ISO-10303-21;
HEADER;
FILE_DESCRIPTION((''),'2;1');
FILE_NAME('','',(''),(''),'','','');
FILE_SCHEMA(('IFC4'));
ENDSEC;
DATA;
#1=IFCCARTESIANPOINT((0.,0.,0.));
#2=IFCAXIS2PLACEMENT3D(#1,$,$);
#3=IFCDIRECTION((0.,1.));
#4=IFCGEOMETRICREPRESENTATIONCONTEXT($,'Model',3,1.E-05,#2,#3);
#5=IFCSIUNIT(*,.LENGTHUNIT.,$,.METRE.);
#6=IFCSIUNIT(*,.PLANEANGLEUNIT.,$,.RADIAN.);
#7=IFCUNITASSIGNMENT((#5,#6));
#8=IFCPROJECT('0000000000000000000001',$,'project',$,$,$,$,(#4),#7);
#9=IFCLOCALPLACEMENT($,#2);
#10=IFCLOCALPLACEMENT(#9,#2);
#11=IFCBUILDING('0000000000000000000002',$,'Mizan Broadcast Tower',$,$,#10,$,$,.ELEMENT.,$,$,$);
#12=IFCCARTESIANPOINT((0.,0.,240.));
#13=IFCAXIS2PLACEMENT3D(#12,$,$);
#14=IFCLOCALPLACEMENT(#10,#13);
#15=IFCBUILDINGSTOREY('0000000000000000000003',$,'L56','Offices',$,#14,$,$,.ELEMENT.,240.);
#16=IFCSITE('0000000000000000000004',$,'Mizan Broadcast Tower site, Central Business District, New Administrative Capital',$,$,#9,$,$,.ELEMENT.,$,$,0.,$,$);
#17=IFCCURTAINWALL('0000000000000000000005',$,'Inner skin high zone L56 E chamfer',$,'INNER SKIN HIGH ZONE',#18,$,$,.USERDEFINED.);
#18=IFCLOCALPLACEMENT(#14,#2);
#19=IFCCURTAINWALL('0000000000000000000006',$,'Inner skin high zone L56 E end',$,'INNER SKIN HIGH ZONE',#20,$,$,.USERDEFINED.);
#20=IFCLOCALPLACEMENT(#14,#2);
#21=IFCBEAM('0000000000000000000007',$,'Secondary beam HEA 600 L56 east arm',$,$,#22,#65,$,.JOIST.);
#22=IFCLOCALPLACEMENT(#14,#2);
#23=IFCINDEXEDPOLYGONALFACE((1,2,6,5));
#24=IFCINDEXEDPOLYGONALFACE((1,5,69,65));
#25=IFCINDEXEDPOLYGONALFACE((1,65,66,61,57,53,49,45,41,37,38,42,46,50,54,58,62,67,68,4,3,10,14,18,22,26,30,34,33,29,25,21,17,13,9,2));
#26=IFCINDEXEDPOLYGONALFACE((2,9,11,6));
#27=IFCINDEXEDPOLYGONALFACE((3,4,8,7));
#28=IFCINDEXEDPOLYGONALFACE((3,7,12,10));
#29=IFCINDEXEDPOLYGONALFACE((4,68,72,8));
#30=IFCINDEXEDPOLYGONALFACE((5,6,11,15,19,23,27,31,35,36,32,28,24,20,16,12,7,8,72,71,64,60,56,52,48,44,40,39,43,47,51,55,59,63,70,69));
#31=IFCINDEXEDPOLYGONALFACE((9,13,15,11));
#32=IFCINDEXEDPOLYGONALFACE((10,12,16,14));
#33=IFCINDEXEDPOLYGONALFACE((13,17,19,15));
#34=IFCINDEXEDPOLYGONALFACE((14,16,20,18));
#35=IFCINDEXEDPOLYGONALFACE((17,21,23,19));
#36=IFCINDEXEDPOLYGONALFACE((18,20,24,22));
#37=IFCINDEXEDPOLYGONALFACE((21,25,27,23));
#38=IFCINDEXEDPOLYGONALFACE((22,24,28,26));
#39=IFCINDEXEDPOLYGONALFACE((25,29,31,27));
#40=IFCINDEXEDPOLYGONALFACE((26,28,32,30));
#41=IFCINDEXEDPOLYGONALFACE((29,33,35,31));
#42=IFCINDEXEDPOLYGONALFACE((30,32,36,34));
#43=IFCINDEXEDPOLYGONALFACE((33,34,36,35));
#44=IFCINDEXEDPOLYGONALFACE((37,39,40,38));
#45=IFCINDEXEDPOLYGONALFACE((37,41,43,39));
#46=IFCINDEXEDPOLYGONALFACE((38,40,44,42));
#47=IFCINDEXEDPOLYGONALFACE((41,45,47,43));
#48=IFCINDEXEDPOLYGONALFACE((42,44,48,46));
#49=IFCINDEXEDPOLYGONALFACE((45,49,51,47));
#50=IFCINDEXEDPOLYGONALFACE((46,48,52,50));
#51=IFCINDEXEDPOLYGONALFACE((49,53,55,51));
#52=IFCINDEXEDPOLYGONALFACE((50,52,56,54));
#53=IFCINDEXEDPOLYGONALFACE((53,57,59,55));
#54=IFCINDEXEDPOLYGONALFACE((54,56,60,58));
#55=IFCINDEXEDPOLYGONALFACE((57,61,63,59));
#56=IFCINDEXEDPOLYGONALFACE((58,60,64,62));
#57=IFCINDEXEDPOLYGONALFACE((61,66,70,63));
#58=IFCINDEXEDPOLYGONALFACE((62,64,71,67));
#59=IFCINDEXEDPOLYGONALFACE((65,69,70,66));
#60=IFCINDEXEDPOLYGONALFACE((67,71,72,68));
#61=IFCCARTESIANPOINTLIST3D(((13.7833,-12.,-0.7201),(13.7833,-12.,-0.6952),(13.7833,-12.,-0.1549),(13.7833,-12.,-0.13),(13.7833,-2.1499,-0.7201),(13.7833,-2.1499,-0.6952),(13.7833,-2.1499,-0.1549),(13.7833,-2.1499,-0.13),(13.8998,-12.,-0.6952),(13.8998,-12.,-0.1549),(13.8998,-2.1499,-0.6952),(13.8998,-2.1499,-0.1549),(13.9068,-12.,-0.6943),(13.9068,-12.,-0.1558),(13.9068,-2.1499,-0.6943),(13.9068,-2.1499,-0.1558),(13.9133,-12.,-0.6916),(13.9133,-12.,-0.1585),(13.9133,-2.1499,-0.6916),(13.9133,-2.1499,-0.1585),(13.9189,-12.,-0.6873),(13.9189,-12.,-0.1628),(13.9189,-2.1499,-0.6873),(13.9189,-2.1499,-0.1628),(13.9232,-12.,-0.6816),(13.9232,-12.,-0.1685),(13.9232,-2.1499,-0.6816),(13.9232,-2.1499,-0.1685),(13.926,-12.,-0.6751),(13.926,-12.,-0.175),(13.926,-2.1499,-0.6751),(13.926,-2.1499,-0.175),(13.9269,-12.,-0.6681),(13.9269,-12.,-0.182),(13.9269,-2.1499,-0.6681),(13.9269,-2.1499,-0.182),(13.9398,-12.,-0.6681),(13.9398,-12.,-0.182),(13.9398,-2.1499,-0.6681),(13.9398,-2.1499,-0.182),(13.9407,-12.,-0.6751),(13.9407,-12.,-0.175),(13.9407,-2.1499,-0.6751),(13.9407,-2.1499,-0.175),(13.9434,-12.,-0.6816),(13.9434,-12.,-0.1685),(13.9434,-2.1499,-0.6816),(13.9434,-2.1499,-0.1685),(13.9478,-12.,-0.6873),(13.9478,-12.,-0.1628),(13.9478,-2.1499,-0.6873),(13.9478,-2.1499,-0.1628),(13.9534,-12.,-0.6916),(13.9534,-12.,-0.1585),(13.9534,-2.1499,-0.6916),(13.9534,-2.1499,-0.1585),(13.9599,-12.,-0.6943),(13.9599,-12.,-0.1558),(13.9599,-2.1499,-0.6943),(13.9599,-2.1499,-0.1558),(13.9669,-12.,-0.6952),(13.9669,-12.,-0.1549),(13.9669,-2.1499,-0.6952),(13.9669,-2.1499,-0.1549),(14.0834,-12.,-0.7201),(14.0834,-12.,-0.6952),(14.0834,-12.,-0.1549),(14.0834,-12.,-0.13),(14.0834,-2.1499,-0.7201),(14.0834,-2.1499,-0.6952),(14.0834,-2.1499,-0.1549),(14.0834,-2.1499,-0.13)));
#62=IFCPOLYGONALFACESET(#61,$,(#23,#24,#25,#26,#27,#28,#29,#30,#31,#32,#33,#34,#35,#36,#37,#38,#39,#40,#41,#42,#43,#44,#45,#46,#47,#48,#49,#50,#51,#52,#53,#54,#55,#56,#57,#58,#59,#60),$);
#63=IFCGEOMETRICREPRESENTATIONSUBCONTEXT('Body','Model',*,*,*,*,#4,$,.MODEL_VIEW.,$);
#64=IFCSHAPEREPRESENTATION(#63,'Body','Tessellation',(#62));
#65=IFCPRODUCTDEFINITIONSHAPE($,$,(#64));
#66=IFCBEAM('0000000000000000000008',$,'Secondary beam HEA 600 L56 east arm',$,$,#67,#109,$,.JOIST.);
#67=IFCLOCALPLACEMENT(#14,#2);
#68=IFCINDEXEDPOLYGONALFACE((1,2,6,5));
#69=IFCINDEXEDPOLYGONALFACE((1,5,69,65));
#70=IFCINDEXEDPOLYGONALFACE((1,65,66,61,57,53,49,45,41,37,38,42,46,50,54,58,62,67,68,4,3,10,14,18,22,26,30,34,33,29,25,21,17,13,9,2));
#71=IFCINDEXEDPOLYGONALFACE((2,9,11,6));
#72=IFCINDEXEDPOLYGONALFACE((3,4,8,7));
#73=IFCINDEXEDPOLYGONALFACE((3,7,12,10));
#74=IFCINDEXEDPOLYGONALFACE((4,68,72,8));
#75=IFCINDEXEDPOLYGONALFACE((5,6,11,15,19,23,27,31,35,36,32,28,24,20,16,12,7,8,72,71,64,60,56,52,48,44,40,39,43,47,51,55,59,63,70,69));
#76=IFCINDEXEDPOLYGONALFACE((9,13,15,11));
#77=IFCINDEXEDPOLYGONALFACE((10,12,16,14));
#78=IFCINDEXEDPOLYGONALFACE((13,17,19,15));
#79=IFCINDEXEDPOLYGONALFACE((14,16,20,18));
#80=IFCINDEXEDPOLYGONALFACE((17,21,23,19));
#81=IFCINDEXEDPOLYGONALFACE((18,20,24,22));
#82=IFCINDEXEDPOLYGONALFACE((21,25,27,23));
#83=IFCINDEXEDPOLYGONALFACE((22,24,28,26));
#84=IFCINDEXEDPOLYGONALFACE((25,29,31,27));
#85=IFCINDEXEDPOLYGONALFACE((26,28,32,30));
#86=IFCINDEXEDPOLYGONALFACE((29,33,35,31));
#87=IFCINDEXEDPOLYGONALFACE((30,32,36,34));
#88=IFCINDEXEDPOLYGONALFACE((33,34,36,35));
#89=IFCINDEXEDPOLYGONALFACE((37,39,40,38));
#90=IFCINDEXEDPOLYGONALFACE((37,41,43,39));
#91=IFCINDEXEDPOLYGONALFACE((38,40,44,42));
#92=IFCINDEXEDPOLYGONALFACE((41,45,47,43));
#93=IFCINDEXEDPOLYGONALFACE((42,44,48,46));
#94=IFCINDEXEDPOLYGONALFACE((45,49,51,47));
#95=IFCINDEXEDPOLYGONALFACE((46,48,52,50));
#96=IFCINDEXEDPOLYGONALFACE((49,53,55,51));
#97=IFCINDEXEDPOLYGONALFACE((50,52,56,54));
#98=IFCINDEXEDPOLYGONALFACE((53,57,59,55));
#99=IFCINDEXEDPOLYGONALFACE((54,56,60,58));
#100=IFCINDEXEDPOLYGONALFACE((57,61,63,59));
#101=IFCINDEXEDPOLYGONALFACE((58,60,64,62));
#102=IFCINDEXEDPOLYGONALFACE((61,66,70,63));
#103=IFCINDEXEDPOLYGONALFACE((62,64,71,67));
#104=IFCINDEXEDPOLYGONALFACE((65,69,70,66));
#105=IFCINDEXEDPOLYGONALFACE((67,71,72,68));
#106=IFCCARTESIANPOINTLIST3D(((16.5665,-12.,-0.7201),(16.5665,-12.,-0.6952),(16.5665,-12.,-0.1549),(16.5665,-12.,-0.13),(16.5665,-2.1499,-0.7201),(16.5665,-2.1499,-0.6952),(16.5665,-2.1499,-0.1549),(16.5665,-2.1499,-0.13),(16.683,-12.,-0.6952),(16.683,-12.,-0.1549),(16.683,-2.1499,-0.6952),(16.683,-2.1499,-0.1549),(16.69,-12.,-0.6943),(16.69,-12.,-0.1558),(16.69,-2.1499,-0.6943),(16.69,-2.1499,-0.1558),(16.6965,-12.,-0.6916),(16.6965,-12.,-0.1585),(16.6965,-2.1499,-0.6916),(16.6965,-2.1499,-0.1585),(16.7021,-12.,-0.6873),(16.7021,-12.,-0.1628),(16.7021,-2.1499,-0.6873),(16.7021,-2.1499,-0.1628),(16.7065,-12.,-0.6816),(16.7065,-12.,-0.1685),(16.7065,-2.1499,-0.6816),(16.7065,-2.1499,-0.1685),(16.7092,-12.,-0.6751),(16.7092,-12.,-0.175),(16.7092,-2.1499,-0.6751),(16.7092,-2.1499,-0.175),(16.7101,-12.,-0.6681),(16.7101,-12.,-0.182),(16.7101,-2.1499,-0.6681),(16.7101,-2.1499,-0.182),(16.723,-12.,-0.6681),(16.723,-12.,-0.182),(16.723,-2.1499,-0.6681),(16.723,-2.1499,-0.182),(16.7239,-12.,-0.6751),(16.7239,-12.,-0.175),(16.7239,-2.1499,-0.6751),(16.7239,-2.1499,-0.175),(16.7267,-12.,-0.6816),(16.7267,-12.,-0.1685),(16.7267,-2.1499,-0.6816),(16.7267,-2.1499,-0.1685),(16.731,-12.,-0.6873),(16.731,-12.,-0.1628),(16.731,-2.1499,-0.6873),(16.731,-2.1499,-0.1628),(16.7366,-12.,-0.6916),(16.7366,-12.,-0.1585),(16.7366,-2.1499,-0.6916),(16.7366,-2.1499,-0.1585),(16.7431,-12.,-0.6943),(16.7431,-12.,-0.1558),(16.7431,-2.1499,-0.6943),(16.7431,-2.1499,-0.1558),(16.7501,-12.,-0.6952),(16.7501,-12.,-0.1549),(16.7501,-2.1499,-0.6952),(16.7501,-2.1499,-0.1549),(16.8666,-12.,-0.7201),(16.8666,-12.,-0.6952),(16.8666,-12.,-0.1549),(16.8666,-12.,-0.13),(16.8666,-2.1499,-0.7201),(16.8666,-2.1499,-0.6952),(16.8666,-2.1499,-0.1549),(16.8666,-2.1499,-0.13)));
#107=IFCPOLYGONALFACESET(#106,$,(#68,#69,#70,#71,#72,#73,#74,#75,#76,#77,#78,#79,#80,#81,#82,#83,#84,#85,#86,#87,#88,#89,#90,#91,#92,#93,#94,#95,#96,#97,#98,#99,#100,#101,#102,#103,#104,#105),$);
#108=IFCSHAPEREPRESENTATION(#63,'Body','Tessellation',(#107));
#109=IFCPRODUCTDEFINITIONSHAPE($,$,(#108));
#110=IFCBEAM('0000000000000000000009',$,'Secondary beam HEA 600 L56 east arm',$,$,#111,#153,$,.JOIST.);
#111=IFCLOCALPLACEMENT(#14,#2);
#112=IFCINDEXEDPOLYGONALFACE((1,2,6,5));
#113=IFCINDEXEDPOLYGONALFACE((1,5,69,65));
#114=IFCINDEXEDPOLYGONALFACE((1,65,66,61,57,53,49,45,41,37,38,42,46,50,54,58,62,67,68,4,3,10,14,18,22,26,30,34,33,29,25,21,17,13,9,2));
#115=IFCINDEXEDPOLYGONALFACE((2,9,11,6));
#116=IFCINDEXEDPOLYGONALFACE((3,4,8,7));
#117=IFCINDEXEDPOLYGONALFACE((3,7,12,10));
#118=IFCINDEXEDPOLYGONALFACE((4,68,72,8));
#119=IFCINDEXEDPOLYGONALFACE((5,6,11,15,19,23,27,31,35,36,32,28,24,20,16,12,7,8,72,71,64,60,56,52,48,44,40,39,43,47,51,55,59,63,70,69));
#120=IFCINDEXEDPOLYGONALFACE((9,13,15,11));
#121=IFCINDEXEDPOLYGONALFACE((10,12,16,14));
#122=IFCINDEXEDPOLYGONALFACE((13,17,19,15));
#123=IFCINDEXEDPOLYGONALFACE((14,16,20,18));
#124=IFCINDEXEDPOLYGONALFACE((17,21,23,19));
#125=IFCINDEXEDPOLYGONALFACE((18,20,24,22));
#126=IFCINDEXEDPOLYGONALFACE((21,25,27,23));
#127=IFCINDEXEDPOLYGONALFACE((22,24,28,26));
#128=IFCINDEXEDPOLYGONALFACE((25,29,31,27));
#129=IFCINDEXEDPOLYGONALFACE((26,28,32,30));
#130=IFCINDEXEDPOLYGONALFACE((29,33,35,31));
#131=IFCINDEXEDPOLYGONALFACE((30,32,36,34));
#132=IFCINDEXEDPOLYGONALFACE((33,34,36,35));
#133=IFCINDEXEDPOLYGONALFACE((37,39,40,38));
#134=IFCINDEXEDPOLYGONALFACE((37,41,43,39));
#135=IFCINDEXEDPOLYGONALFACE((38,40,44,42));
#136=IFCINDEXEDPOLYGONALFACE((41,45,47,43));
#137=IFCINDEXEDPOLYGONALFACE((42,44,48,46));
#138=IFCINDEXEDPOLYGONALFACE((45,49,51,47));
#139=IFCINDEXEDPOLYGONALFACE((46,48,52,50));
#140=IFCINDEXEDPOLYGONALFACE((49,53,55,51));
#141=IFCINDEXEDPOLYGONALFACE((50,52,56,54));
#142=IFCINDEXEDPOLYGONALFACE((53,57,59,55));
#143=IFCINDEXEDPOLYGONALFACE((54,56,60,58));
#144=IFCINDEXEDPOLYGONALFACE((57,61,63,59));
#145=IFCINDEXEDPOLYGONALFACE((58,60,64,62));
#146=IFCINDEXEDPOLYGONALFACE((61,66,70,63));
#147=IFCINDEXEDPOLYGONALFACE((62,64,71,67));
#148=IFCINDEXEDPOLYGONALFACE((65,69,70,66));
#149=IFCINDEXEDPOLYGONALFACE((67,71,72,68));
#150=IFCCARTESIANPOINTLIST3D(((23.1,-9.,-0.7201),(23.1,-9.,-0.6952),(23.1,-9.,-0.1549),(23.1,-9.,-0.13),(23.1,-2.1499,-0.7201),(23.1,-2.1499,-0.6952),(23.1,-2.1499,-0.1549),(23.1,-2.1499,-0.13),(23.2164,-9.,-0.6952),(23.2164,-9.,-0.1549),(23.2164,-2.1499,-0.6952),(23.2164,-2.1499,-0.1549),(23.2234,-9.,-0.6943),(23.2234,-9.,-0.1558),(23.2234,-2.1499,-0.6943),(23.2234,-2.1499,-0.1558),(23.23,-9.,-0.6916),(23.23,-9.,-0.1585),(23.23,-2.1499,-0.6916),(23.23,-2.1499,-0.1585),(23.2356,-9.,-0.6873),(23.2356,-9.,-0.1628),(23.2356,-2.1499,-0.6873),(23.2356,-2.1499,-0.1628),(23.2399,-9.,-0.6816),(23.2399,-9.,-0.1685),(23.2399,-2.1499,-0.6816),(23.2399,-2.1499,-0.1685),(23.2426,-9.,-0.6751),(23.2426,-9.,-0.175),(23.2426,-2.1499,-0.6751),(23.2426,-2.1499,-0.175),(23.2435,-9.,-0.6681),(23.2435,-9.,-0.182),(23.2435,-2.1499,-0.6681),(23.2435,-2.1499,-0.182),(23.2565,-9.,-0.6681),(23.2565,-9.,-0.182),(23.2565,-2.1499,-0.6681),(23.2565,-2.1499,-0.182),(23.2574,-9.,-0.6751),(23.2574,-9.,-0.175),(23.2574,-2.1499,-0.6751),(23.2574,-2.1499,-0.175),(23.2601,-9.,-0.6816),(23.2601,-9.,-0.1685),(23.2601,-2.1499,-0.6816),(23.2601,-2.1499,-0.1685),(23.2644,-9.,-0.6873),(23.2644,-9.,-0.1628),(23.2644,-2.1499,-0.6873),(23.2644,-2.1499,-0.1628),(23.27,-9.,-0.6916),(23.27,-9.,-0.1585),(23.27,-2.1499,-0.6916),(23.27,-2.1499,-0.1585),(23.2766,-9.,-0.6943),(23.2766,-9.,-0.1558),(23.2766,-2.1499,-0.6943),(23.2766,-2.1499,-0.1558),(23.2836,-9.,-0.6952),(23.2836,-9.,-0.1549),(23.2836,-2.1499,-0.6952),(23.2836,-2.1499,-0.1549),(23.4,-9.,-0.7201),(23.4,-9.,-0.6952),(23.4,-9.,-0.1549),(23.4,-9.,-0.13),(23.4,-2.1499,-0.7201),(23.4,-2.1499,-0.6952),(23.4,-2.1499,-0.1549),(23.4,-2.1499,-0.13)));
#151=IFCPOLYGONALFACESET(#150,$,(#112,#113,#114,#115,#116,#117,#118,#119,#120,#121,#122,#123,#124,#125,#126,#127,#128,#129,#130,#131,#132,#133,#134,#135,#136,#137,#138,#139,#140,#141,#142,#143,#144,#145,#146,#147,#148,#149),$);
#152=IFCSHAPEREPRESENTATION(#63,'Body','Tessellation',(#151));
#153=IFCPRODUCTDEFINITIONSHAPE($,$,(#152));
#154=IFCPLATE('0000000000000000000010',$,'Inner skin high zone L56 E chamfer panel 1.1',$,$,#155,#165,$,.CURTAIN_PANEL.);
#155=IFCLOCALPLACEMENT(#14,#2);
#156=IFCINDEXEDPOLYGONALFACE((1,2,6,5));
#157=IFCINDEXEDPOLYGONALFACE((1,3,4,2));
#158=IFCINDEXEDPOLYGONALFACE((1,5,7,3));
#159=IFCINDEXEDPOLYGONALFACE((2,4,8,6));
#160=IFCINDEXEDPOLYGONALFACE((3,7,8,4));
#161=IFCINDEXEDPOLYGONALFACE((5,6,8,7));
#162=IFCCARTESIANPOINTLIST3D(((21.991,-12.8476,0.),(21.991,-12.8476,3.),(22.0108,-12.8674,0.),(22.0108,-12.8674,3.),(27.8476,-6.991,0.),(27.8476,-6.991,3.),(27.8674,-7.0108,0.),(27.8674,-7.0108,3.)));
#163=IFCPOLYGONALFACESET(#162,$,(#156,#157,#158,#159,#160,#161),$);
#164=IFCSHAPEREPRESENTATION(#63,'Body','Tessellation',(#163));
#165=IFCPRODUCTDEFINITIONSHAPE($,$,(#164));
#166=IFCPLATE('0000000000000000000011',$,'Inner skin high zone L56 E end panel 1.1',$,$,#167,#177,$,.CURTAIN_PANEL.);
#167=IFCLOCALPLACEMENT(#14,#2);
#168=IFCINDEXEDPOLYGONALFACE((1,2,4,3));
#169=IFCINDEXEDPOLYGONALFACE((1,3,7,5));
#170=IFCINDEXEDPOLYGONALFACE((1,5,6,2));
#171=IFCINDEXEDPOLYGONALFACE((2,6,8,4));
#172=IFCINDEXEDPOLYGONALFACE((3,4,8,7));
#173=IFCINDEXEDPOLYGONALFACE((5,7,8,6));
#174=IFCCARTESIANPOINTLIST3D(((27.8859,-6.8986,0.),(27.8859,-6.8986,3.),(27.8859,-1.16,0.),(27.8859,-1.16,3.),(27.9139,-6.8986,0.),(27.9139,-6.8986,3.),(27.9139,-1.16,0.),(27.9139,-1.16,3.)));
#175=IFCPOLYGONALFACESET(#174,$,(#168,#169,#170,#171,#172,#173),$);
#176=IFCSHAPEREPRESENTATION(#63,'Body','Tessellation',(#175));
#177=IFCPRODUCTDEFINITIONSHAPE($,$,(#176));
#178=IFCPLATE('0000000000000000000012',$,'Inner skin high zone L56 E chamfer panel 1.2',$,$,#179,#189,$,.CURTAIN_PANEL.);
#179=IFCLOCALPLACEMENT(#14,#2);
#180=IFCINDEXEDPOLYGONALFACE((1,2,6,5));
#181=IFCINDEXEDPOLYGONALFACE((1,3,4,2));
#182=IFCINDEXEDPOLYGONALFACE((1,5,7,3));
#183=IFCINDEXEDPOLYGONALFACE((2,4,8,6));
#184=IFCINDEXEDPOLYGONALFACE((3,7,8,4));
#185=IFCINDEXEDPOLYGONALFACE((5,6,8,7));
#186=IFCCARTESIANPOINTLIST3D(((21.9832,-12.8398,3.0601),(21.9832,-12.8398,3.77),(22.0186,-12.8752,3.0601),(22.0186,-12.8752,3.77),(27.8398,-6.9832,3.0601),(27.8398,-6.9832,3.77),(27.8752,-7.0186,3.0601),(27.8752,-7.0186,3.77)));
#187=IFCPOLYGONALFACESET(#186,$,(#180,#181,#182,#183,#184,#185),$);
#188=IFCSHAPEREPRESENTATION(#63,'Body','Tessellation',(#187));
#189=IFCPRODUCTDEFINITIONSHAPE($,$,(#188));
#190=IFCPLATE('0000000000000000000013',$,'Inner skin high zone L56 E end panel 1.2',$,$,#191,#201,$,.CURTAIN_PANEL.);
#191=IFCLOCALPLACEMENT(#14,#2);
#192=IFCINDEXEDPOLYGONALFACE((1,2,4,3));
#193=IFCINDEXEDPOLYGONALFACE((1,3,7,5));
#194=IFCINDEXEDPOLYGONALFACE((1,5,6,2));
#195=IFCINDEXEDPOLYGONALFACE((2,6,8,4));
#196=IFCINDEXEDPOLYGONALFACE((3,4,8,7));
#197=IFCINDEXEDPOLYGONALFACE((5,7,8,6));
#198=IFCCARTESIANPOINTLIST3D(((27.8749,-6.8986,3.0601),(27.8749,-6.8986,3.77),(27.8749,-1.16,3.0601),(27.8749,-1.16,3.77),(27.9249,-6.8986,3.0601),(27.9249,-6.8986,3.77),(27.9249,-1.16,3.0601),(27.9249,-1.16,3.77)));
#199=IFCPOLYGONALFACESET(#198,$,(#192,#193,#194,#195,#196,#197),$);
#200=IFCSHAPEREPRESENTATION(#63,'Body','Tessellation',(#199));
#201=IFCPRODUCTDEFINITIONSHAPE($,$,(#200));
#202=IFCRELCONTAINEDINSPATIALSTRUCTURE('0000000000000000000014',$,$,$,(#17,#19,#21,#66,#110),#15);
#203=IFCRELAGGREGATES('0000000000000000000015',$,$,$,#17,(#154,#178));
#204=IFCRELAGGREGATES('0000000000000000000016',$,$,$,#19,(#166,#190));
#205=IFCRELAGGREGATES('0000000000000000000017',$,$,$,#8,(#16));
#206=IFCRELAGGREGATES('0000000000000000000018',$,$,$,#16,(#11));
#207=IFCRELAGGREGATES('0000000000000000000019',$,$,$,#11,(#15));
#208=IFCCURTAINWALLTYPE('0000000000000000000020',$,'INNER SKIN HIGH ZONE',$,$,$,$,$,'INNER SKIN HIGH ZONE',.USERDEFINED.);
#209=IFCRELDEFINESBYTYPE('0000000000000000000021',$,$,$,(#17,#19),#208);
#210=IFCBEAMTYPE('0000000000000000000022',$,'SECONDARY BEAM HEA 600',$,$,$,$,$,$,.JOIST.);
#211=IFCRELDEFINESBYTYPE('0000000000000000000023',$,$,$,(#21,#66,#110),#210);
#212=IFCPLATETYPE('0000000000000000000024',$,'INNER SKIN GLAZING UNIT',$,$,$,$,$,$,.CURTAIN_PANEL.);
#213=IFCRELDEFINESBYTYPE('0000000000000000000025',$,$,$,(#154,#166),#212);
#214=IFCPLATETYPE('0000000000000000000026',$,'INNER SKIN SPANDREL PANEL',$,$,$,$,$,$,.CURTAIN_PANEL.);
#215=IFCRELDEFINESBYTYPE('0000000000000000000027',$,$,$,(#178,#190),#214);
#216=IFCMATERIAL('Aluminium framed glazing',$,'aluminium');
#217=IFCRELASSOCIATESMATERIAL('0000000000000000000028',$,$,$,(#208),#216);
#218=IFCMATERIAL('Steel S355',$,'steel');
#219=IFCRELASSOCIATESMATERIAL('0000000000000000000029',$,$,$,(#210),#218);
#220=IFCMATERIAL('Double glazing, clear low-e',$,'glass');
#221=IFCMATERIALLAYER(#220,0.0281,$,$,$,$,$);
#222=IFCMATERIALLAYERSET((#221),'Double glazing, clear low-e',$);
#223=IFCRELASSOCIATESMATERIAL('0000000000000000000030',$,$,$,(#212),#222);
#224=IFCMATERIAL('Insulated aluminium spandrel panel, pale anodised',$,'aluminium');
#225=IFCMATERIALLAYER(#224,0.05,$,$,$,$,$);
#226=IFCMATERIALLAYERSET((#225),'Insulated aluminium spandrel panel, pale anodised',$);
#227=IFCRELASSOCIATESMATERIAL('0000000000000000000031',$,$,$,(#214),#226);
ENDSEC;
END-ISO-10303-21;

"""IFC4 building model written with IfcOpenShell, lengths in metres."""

from ifc_helpers import new_model, si_unit, direction, frame, origin, origin_2d, place, context, subcontext, project, spatial, rectangle, i_section, extrude, material, layer, layer_set, material_profile, profile_set, type_object, element, aggregate, save


model = new_model("IFC4")

# Units and contexts
model_context = context("Model", 3, precision=1e-05, world=origin(), true_north=direction((0.0, 1.0)))
body_context = subcontext(model_context, "Body", "Model", "MODEL_VIEW")
ifc_project = project(units=[si_unit("LENGTHUNIT", "METRE"), si_unit("PLANEANGLEUNIT", "RADIAN")], contexts=[model_context])

# Site, building, storey
site_placement = place(None, origin())
site = spatial("IfcSite", under=ifc_project, at=site_placement, Name="Mizan Broadcast Tower site, Central Business District, New Administrative Capital", CompositionType="ELEMENT", RefElevation=0.0)
building_placement = place(site_placement, origin())
building = spatial("IfcBuilding", under=site, at=building_placement, Name="Mizan Broadcast Tower", CompositionType="ELEMENT")
storey_placement = place(building_placement, frame((0.0, 0.0, 240.0)))
storey = spatial("IfcBuildingStorey", under=building, at=storey_placement, Name="L56", Description="Offices", CompositionType="ELEMENT", Elevation=240.0)

# Curtain wall
ifc_material_1 = material(Name="Aluminium framed glazing", Category="aluminium")
curtain_wall_type_1 = type_object("IfcCurtainWallType", Name="INNER SKIN HIGH ZONE", ElementType="INNER SKIN HIGH ZONE", PredefinedType="USERDEFINED", material=ifc_material_1)
curtain_wall_1_placement = place(storey_placement, origin())
curtain_wall_1 = element("IfcCurtainWall", 1, at=curtain_wall_1_placement, inside=storey, type_object=curtain_wall_type_1, Name="Inner skin high zone L56 E chamfer", ObjectType="INNER SKIN HIGH ZONE", PredefinedType="USERDEFINED")

# Curtain wall
curtain_wall_2_placement = place(storey_placement, origin())
curtain_wall_2 = element("IfcCurtainWall", 2, at=curtain_wall_2_placement, inside=storey, type_object=curtain_wall_type_1, Name="Inner skin high zone L56 E end", ObjectType="INNER SKIN HIGH ZONE", PredefinedType="USERDEFINED")

# Beams
ifc_material_2 = material(Name="Steel S355", Category="steel")
ifc_material_profile_1 = material_profile(ifc_material_2, i_section(OverallWidth=0.3, OverallDepth=0.5901, WebThickness=0.0129, FlangeThickness=0.0249, FilletRadius=0.0271, at=origin_2d()), Name="HEA 600")
ifc_profile_set_1 = profile_set([ifc_material_profile_1], Name="Steel S355")
beam_type_1 = type_object("IfcBeamType", Name="SECONDARY BEAM HEA 600", PredefinedType="JOIST", material=ifc_profile_set_1)
for number, where, z_axis, x_axis, name in (
    (3, (13.9333, -12.0, -0.425), (0.0, 1.0, 0.0), (-1.0, 0.0, 0.0), "Secondary beam HEA 600 L56 east arm"),
    (4, (16.7166, -12.0, -0.425), (0.0, 1.0, 0.0), (-1.0, 0.0, 0.0), "Secondary beam HEA 600 L56 east arm"),
):
    element("IfcBeam", number, at=place(storey_placement, frame(where, z_axis=z_axis, x_axis=x_axis)), inside=storey, type_object=beam_type_1, Name=name, PredefinedType="JOIST", context=body_context, shape_type="SweptSolid", body=[
        extrude(i_section(OverallWidth=0.3, OverallDepth=0.5901, WebThickness=0.0129, FlangeThickness=0.0249, FilletRadius=0.0271, at=origin_2d()), origin(), (0.0, 0.0, 1.0), 9.8501),
    ])
beam_1_placement = place(storey_placement, frame((23.25, -9.0, -0.425), z_axis=(0.0, 1.0, 0.0), x_axis=(-1.0, 0.0, 0.0)))
element("IfcBeam", 5, at=beam_1_placement, inside=storey, type_object=beam_type_1, Name="Secondary beam HEA 600 L56 east arm", PredefinedType="JOIST", context=body_context, shape_type="SweptSolid", body=[
    extrude(i_section(OverallWidth=0.3, OverallDepth=0.5901, WebThickness=0.0129, FlangeThickness=0.0249, FilletRadius=0.0271, at=origin_2d()), origin(), (0.0, 0.0, 1.0), 6.8501),
])

# Plates
ifc_material_3 = material(Name="Double glazing, clear low-e", Category="glass")
ifc_layer_1 = layer(ifc_material_3, 0.0281)
ifc_layer_set_1 = layer_set([ifc_layer_1], Name="Double glazing, clear low-e")
plate_type_1 = type_object("IfcPlateType", Name="INNER SKIN GLAZING UNIT", PredefinedType="CURTAIN_PANEL", material=ifc_layer_set_1)
plate_1_placement = place(storey_placement, frame((24.9292, -9.9292, 0.0), z_axis=(0.0, 0.0, 1.0), x_axis=(0.707107, 0.707107, 0.0)))
plate_1 = element("IfcPlate", 6, at=plate_1_placement, type_object=plate_type_1, Name="Inner skin high zone L56 E chamfer panel 1.1", PredefinedType="CURTAIN_PANEL", context=body_context, shape_type="SweptSolid", body=[
    extrude(rectangle(XDim=8.2825, YDim=0.0281, at=origin_2d()), origin(), (0.0, 0.0, 1.0), 3.0),
])
plate_2_placement = place(storey_placement, frame((27.8999, -4.0293, 0.0), z_axis=(0.0, 0.0, 1.0), x_axis=(0.0, 1.0, 0.0)))
plate_2 = element("IfcPlate", 7, at=plate_2_placement, type_object=plate_type_1, Name="Inner skin high zone L56 E end panel 1.1", PredefinedType="CURTAIN_PANEL", context=body_context, shape_type="SweptSolid", body=[
    extrude(rectangle(XDim=5.7385, YDim=0.0281, at=origin_2d()), origin(), (0.0, 0.0, 1.0), 3.0),
])
ifc_material_4 = material(Name="Insulated aluminium spandrel panel, pale anodised", Category="aluminium")
ifc_layer_2 = layer(ifc_material_4, 0.05)
ifc_layer_set_2 = layer_set([ifc_layer_2], Name="Insulated aluminium spandrel panel, pale anodised")
plate_type_2 = type_object("IfcPlateType", Name="INNER SKIN SPANDREL PANEL", PredefinedType="CURTAIN_PANEL", material=ifc_layer_set_2)
plate_3_placement = place(storey_placement, frame((24.9292, -9.9292, 3.0601), z_axis=(0.0, 0.0, 1.0), x_axis=(0.707107, 0.707107, 0.0)))
plate_3 = element("IfcPlate", 8, at=plate_3_placement, type_object=plate_type_2, Name="Inner skin high zone L56 E chamfer panel 1.2", PredefinedType="CURTAIN_PANEL", context=body_context, shape_type="SweptSolid", body=[
    extrude(rectangle(XDim=8.2825, YDim=0.05, at=origin_2d()), origin(), (0.0, 0.0, 1.0), 0.71),
])
aggregate(curtain_wall_1, [plate_1, plate_3])
plate_4_placement = place(storey_placement, frame((27.8999, -4.0293, 3.0601), z_axis=(0.0, 0.0, 1.0), x_axis=(0.0, 1.0, 0.0)))
plate_4 = element("IfcPlate", 9, at=plate_4_placement, type_object=plate_type_2, Name="Inner skin high zone L56 E end panel 1.2", PredefinedType="CURTAIN_PANEL", context=body_context, shape_type="SweptSolid", body=[
    extrude(rectangle(XDim=5.7385, YDim=0.05, at=origin_2d()), origin(), (0.0, 0.0, 1.0), 0.71),
])
aggregate(curtain_wall_2, [plate_2, plate_4])

save(model, "model.ifc")
